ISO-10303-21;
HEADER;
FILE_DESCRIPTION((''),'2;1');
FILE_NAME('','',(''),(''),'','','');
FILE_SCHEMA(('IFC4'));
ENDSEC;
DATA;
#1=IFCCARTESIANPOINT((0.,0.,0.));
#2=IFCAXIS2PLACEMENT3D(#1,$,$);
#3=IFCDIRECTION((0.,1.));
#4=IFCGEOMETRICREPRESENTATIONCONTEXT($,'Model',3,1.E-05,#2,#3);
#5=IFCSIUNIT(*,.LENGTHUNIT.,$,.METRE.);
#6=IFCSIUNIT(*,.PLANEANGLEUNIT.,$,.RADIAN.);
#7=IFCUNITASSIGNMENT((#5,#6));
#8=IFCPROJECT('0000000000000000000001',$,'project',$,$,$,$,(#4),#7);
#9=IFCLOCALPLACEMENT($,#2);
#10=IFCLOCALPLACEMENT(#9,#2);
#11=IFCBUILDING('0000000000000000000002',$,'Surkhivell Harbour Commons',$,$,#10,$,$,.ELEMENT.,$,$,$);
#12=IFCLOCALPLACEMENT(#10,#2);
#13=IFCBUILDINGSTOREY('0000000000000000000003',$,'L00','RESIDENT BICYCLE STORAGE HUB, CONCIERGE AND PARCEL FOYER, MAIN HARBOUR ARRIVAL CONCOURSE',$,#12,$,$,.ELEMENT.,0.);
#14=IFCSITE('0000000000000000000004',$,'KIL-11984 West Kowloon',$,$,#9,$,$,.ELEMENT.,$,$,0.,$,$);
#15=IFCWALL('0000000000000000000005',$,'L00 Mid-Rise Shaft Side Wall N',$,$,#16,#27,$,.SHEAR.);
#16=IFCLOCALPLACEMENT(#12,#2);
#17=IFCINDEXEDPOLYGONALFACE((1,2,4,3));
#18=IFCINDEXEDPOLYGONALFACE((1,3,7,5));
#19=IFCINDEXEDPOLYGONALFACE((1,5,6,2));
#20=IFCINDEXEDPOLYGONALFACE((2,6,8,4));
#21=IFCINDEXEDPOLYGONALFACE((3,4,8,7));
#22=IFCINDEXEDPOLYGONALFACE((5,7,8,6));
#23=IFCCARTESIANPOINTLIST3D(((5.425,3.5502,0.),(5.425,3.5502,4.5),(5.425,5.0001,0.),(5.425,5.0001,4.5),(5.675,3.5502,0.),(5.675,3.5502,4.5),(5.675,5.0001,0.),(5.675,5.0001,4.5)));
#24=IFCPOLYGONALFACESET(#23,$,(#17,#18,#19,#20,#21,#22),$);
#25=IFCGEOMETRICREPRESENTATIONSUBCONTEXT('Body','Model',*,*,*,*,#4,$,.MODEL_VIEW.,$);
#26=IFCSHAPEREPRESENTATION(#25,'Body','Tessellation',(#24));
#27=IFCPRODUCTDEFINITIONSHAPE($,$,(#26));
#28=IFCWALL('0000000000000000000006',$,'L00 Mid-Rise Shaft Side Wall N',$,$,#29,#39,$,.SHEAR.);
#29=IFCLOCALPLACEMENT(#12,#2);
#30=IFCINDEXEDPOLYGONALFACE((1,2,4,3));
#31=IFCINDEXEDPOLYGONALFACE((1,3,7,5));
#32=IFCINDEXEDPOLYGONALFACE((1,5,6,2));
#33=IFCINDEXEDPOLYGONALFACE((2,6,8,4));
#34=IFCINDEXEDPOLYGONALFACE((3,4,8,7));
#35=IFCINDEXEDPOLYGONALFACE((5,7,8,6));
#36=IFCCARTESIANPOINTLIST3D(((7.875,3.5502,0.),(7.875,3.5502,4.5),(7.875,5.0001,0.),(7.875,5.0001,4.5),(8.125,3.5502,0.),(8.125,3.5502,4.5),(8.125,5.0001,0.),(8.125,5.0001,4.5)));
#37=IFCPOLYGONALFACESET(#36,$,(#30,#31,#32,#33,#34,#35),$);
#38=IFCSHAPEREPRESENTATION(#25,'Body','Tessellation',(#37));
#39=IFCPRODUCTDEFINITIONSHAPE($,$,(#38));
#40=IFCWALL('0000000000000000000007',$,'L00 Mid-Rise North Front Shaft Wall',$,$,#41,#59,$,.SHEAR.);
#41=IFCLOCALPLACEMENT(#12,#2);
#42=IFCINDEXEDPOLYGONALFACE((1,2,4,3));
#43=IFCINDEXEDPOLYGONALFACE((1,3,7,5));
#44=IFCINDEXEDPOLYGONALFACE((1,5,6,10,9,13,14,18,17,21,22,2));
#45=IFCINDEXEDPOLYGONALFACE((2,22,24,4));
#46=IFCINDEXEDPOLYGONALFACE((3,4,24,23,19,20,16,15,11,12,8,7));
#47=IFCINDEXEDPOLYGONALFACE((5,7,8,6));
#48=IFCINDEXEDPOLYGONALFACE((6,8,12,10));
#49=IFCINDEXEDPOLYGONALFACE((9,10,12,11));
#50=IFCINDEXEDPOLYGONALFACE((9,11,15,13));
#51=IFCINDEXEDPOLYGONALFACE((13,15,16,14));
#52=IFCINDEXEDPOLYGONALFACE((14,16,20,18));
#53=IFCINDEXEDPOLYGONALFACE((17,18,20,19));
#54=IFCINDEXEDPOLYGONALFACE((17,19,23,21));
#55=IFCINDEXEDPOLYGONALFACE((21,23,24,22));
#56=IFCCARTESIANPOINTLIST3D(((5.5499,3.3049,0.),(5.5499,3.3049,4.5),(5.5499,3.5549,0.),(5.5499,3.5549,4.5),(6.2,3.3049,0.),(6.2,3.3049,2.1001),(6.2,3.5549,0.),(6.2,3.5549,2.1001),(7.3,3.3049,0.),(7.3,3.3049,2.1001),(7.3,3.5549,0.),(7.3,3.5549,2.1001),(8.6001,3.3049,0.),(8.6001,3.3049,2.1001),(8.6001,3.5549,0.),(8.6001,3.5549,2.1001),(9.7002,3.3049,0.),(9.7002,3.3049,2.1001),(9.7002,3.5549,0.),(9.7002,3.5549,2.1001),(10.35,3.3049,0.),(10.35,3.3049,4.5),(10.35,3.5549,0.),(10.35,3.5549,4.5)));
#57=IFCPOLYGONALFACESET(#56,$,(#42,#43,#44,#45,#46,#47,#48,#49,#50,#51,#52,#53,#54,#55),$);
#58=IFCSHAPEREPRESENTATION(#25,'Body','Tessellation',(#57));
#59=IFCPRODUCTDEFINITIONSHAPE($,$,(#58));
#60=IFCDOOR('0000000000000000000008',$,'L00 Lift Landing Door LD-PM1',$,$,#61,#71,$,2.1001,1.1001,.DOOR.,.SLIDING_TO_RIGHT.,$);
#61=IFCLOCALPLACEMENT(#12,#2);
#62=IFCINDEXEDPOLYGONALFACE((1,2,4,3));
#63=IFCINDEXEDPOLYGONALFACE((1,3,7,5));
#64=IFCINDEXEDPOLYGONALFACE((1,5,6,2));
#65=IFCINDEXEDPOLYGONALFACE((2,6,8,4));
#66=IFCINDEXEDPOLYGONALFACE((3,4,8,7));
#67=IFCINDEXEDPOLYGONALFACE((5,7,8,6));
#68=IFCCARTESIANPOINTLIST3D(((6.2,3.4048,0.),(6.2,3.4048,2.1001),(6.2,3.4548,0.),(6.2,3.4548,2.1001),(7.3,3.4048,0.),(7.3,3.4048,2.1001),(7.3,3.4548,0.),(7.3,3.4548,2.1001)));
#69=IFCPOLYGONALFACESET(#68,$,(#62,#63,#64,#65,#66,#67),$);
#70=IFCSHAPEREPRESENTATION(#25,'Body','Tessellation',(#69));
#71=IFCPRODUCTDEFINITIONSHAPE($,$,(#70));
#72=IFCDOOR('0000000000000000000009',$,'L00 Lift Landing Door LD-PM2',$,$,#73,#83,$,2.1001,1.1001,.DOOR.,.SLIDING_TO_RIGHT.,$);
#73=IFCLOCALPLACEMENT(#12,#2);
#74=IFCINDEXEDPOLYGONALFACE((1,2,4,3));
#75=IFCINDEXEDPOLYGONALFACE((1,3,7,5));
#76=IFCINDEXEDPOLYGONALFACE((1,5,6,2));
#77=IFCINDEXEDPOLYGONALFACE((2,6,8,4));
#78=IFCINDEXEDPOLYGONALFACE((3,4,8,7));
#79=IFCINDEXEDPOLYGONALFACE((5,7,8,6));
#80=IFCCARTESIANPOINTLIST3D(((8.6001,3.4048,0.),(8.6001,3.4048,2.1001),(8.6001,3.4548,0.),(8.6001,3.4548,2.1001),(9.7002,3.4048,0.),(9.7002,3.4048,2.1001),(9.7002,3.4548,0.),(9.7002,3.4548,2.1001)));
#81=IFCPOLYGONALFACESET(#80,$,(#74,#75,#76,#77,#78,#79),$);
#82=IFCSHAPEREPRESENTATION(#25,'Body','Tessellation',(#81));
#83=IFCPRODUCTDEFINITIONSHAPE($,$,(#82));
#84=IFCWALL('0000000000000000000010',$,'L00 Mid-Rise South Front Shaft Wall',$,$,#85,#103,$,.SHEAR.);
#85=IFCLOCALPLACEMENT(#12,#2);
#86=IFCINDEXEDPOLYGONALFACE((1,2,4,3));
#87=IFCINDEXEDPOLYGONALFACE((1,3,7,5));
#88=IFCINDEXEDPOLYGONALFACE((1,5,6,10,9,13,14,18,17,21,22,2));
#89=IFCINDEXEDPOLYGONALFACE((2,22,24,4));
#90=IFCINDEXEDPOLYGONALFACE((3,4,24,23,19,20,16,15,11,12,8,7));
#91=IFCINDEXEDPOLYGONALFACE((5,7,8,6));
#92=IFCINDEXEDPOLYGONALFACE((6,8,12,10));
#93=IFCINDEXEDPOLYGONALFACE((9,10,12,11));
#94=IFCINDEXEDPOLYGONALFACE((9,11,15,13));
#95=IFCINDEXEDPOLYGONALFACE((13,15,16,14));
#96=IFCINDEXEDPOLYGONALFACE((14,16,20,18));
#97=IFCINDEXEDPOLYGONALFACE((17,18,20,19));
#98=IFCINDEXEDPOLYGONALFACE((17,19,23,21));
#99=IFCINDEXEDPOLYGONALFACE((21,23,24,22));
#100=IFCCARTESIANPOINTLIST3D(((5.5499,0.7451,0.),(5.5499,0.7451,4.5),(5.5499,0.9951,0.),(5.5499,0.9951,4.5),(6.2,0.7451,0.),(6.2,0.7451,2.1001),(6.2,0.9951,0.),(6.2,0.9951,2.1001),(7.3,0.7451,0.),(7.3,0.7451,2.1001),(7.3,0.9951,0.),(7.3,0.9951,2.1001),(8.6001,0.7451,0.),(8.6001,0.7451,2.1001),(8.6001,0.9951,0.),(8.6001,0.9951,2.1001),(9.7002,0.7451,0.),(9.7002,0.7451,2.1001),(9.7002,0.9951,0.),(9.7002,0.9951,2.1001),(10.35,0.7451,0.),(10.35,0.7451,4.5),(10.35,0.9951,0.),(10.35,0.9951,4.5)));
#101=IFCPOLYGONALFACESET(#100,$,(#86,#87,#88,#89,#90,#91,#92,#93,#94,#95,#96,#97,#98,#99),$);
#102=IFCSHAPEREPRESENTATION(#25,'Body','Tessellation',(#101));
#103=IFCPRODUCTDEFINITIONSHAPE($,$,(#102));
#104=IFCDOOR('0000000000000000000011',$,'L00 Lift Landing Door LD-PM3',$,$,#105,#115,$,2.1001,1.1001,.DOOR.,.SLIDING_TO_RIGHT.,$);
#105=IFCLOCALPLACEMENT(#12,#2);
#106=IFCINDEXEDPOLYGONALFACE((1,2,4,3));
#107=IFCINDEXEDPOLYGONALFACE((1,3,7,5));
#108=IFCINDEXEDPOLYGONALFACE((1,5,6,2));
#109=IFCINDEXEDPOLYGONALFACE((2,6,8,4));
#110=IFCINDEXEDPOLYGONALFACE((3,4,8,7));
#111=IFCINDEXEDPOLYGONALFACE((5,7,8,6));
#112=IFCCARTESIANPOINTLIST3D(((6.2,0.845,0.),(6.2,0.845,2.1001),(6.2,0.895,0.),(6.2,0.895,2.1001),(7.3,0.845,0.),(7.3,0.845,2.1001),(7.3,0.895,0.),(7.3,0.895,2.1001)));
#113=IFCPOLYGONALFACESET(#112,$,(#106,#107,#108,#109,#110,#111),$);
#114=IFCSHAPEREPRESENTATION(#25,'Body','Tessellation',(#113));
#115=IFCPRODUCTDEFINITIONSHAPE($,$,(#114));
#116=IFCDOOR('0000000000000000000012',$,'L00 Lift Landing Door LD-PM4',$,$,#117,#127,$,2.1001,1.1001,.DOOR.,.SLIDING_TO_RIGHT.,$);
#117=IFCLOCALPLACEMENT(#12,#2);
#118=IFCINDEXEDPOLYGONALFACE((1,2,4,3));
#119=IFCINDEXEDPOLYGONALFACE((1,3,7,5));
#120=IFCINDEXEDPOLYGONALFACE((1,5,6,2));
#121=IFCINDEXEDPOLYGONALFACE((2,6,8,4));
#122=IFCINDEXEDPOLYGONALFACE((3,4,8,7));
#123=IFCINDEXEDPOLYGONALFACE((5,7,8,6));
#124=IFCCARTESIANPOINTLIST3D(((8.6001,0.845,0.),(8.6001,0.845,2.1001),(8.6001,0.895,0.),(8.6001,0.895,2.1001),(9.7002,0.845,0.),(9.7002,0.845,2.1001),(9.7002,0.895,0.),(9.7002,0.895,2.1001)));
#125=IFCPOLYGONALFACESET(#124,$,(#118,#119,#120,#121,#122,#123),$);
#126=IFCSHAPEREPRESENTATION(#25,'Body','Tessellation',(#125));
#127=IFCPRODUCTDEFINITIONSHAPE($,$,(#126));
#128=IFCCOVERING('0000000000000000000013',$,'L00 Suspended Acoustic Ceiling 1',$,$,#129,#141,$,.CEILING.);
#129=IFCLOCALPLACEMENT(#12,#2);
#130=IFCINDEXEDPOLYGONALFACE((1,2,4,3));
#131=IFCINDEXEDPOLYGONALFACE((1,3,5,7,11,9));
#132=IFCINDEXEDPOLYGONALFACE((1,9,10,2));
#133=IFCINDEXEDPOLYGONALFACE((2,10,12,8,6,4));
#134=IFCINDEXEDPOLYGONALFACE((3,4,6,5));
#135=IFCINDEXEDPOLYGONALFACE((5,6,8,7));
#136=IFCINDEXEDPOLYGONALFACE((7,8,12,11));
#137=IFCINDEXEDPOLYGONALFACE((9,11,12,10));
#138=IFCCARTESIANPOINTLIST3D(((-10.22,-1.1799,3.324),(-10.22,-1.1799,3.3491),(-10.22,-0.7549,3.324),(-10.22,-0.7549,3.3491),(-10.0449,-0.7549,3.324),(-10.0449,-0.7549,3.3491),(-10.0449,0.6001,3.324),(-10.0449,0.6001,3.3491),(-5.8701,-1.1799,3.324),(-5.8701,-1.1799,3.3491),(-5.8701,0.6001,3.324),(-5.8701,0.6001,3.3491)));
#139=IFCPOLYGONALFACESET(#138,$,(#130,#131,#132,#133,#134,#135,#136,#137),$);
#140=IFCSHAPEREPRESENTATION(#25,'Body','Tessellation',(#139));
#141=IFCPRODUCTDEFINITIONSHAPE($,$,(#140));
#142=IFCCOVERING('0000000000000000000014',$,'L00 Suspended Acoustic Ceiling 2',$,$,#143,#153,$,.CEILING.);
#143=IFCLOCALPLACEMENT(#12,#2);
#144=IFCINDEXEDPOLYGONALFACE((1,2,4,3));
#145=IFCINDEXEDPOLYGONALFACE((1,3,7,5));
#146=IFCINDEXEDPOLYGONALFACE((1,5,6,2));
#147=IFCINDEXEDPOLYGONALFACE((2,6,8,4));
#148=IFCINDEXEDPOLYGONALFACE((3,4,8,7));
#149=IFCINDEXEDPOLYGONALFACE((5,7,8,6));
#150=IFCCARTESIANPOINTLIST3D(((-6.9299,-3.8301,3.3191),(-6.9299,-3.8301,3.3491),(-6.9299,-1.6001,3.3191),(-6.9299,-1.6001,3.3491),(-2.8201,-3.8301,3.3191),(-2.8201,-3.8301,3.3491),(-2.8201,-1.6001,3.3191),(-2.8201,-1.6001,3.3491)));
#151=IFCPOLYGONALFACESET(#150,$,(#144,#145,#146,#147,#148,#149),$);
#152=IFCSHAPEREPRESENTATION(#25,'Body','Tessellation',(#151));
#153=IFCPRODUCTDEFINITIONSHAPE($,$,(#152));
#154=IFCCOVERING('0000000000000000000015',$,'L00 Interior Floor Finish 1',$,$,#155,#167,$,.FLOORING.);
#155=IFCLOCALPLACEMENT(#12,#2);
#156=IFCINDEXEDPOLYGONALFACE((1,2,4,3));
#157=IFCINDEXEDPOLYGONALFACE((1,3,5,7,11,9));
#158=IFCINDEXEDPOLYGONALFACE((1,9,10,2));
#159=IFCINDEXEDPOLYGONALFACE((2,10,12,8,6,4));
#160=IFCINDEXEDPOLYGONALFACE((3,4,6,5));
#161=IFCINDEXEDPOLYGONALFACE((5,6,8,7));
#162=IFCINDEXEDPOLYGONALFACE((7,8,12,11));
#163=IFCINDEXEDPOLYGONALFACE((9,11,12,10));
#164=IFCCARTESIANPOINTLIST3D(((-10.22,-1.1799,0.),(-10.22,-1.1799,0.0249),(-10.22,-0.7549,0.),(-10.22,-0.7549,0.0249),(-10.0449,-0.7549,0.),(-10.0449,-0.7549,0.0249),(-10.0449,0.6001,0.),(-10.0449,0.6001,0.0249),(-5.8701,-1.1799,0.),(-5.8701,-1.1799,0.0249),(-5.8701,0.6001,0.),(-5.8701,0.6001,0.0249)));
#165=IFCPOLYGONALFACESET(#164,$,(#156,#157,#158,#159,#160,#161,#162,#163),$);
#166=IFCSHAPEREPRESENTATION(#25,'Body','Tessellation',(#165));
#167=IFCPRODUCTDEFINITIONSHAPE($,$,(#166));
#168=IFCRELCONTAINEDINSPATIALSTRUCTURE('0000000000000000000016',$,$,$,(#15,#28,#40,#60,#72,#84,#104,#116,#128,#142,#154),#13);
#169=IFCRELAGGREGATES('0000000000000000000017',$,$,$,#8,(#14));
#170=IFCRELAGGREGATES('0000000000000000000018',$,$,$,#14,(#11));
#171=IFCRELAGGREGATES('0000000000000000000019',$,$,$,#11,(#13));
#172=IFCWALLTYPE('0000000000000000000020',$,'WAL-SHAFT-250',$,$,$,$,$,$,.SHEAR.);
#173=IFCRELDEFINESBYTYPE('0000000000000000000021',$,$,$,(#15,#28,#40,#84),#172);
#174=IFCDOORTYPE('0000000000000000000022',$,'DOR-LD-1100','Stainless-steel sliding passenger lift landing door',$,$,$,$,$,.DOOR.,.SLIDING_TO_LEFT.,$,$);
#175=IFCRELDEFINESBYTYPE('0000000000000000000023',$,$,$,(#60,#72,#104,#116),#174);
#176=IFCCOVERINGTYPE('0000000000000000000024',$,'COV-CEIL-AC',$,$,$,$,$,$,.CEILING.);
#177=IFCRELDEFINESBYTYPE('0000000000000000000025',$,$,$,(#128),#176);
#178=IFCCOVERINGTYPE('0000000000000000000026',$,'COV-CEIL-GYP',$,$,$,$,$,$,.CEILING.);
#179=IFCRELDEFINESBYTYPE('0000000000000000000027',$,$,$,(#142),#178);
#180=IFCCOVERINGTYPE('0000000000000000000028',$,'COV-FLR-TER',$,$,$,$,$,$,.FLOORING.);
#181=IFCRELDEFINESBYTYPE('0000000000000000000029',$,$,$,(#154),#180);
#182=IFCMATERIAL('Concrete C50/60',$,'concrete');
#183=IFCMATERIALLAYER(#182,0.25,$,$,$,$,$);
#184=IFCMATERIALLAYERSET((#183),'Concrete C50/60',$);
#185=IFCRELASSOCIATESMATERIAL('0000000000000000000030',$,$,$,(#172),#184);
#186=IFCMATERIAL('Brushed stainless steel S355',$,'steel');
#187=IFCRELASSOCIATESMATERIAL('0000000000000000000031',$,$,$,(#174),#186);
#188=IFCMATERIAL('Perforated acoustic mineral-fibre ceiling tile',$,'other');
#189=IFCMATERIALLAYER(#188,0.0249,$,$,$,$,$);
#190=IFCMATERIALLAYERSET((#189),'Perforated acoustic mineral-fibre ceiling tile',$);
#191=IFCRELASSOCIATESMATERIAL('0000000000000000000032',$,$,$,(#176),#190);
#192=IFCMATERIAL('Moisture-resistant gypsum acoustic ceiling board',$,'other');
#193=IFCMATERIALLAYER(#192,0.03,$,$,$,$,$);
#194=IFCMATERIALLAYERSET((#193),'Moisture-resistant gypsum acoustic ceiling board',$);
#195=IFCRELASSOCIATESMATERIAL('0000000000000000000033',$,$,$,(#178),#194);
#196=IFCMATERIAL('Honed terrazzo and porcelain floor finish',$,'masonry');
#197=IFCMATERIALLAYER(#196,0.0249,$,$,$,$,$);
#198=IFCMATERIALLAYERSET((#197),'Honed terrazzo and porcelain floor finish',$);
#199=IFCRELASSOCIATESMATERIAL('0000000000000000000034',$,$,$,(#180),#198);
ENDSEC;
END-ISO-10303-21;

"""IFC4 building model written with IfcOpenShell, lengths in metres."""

from ifc_helpers import new_model, si_unit, direction, frame, frame_2d, origin, place, context, subcontext, project, spatial, polyline, rectangle, outline, extrude, material, layer, layer_set, type_object, element, fill, save


model = new_model("IFC4")

# Units and contexts
model_context = context("Model", 3, precision=1e-05, world=origin(), true_north=direction((0.0, 1.0)))
body_context = subcontext(model_context, "Body", "Model", "MODEL_VIEW")
ifc_project = project(units=[si_unit("LENGTHUNIT", "METRE"), si_unit("PLANEANGLEUNIT", "RADIAN")], contexts=[model_context])

# Site, building, storey
site_placement = place(None, origin())
site = spatial("IfcSite", under=ifc_project, at=site_placement, Name="KIL-11984 West Kowloon", CompositionType="ELEMENT", RefElevation=0.0)
building_placement = place(site_placement, origin())
building = spatial("IfcBuilding", under=site, at=building_placement, Name="Surkhivell Harbour Commons", CompositionType="ELEMENT")
storey_placement = place(building_placement, origin())
storey = spatial("IfcBuildingStorey", under=building, at=storey_placement, Name="L00", Description="RESIDENT BICYCLE STORAGE HUB, CONCIERGE AND PARCEL FOYER, MAIN HARBOUR ARRIVAL CONCOURSE", CompositionType="ELEMENT", Elevation=0.0)

# Walls
ifc_material_1 = material(Name="Concrete C50/60", Category="concrete")
ifc_layer_1 = layer(ifc_material_1, 0.25)
ifc_layer_set_1 = layer_set([ifc_layer_1], Name="Concrete C50/60")
wall_type_1 = type_object("IfcWallType", Name="WAL-SHAFT-250", PredefinedType="SHEAR", material=ifc_layer_set_1)
for number, where, z_axis, x_axis, name in (
    (1, (5.55, 3.55, 0.0), (0.0, 0.0, 1.0), (0.0, 1.0, 0.0), "L00 Mid-Rise Shaft Side Wall N"),
    (2, (8.0, 3.55, 0.0), (0.0, 0.0, 1.0), (0.0, 1.0, 0.0), "L00 Mid-Rise Shaft Side Wall N"),
):
    element("IfcWall", number, at=place(storey_placement, frame(where, z_axis=z_axis, x_axis=x_axis)), inside=storey, type_object=wall_type_1, Name=name, PredefinedType="SHEAR", context=body_context, shape_type="SweptSolid", body=[
        extrude(rectangle(XDim=1.45, YDim=0.25, at=frame_2d((0.7251, 0.0))), origin(), (0.0, 0.0, 1.0), 4.5),
    ])

# Walls, openings, doors
wall_1_placement = place(storey_placement, frame((5.55, 3.4299, 0.0), z_axis=(0.0, 0.0, 1.0), x_axis=(1.0, 0.0, 0.0)))
wall_1 = element("IfcWall", 3, at=wall_1_placement, inside=storey, type_object=wall_type_1, Name="L00 Mid-Rise North Front Shaft Wall", PredefinedType="SHEAR", context=body_context, shape_type="SweptSolid", body=[
    extrude(rectangle(XDim=4.8, YDim=0.25, at=frame_2d((2.3999, 0.0))), origin(), (0.0, 0.0, 1.0), 4.5),
])
opening_1_placement = place(wall_1_placement, frame((0.6499, 0.0, 0.0)))
opening_1 = element("IfcOpeningElement", 4, at=opening_1_placement, cuts=wall_1, PredefinedType="OPENING", context=body_context, shape_type="SweptSolid", body=[
    extrude(rectangle(XDim=1.1001, YDim=2.1001, at=frame_2d((0.55, 1.05))), frame((0.0, 0.135, 0.0), z_axis=(0.0, -1.0, 0.0), x_axis=(1.0, 0.0, 0.0)), (0.0, 0.0, 1.0), 0.27),
])
opening_2_placement = place(wall_1_placement, frame((3.05, 0.0, 0.0)))
opening_2 = element("IfcOpeningElement", 5, at=opening_2_placement, cuts=wall_1, PredefinedType="OPENING", context=body_context, shape_type="SweptSolid", body=[
    extrude(rectangle(XDim=1.1001, YDim=2.1001, at=frame_2d((0.55, 1.05))), frame((0.0, 0.135, 0.0), z_axis=(0.0, -1.0, 0.0), x_axis=(1.0, 0.0, 0.0)), (0.0, 0.0, 1.0), 0.27),
])
ifc_material_2 = material(Name="Brushed stainless steel S355", Category="steel")
door_type_1 = type_object("IfcDoorType", Name="DOR-LD-1100", Description="Stainless-steel sliding passenger lift landing door", OperationType="SLIDING_TO_LEFT", PredefinedType="DOOR", material=ifc_material_2)
door_1_placement = place(opening_1_placement, origin())
door_1 = element("IfcDoor", 6, at=door_1_placement, inside=storey, type_object=door_type_1, Name="L00 Lift Landing Door LD-PM1", OperationType="SLIDING_TO_RIGHT", OverallHeight=2.1001, OverallWidth=1.1001, PredefinedType="DOOR", context=body_context, shape_type="SweptSolid", body=[
    extrude(rectangle(XDim=1.1001, YDim=2.1001, at=frame_2d((0.55, 1.05))), frame((0.0, 0.0249, 0.0), z_axis=(0.0, -1.0, 0.0), x_axis=(1.0, 0.0, 0.0)), (0.0, 0.0, 1.0), 0.05),
])
fill(opening_1, door_1)
door_2_placement = place(opening_2_placement, origin())
door_2 = element("IfcDoor", 7, at=door_2_placement, inside=storey, type_object=door_type_1, Name="L00 Lift Landing Door LD-PM2", OperationType="SLIDING_TO_RIGHT", OverallHeight=2.1001, OverallWidth=1.1001, PredefinedType="DOOR", context=body_context, shape_type="SweptSolid", body=[
    extrude(rectangle(XDim=1.1001, YDim=2.1001, at=frame_2d((0.55, 1.05))), frame((0.0, 0.0249, 0.0), z_axis=(0.0, -1.0, 0.0), x_axis=(1.0, 0.0, 0.0)), (0.0, 0.0, 1.0), 0.05),
])
fill(opening_2, door_2)
wall_2_placement = place(storey_placement, frame((5.55, 0.8701, 0.0), z_axis=(0.0, 0.0, 1.0), x_axis=(1.0, 0.0, 0.0)))
wall_2 = element("IfcWall", 8, at=wall_2_placement, inside=storey, type_object=wall_type_1, Name="L00 Mid-Rise South Front Shaft Wall", PredefinedType="SHEAR", context=body_context, shape_type="SweptSolid", body=[
    extrude(rectangle(XDim=4.8, YDim=0.25, at=frame_2d((2.3999, 0.0))), origin(), (0.0, 0.0, 1.0), 4.5),
])
opening_3_placement = place(wall_2_placement, frame((0.6499, 0.0, 0.0)))
opening_3 = element("IfcOpeningElement", 9, at=opening_3_placement, cuts=wall_2, PredefinedType="OPENING", context=body_context, shape_type="SweptSolid", body=[
    extrude(rectangle(XDim=1.1001, YDim=2.1001, at=frame_2d((0.55, 1.05))), frame((0.0, 0.135, 0.0), z_axis=(0.0, -1.0, 0.0), x_axis=(1.0, 0.0, 0.0)), (0.0, 0.0, 1.0), 0.27),
])
opening_4_placement = place(wall_2_placement, frame((3.05, 0.0, 0.0)))
opening_4 = element("IfcOpeningElement", 10, at=opening_4_placement, cuts=wall_2, PredefinedType="OPENING", context=body_context, shape_type="SweptSolid", body=[
    extrude(rectangle(XDim=1.1001, YDim=2.1001, at=frame_2d((0.55, 1.05))), frame((0.0, 0.135, 0.0), z_axis=(0.0, -1.0, 0.0), x_axis=(1.0, 0.0, 0.0)), (0.0, 0.0, 1.0), 0.27),
])
door_3_placement = place(opening_3_placement, origin())
door_3 = element("IfcDoor", 11, at=door_3_placement, inside=storey, type_object=door_type_1, Name="L00 Lift Landing Door LD-PM3", OperationType="SLIDING_TO_RIGHT", OverallHeight=2.1001, OverallWidth=1.1001, PredefinedType="DOOR", context=body_context, shape_type="SweptSolid", body=[
    extrude(rectangle(XDim=1.1001, YDim=2.1001, at=frame_2d((0.55, 1.05))), frame((0.0, 0.0249, 0.0), z_axis=(0.0, -1.0, 0.0), x_axis=(1.0, 0.0, 0.0)), (0.0, 0.0, 1.0), 0.05),
])
fill(opening_3, door_3)
door_4_placement = place(opening_4_placement, origin())
door_4 = element("IfcDoor", 12, at=door_4_placement, inside=storey, type_object=door_type_1, Name="L00 Lift Landing Door LD-PM4", OperationType="SLIDING_TO_RIGHT", OverallHeight=2.1001, OverallWidth=1.1001, PredefinedType="DOOR", context=body_context, shape_type="SweptSolid", body=[
    extrude(rectangle(XDim=1.1001, YDim=2.1001, at=frame_2d((0.55, 1.05))), frame((0.0, 0.0249, 0.0), z_axis=(0.0, -1.0, 0.0), x_axis=(1.0, 0.0, 0.0)), (0.0, 0.0, 1.0), 0.05),
])
fill(opening_4, door_4)

# Coverings
ifc_material_3 = material(Name="Perforated acoustic mineral-fibre ceiling tile", Category="other")
ifc_layer_2 = layer(ifc_material_3, 0.0249)
ifc_layer_set_2 = layer_set([ifc_layer_2], Name="Perforated acoustic mineral-fibre ceiling tile")
covering_type_1 = type_object("IfcCoveringType", Name="COV-CEIL-AC", PredefinedType="CEILING", material=ifc_layer_set_2)
covering_1_placement = place(storey_placement, frame((0.0, 0.0, 3.324)))
element("IfcCovering", 13, at=covering_1_placement, inside=storey, type_object=covering_type_1, Name="L00 Suspended Acoustic Ceiling 1", PredefinedType="CEILING", context=body_context, shape_type="SweptSolid", body=[
    extrude(outline(polyline([(-10.22, -1.1799), (-5.8701, -1.1799), (-5.8701, 0.6001), (-10.0449, 0.6001), (-10.0449, -0.7549), (-10.22, -0.7549), (-10.22, -1.1799)])), origin(), (0.0, 0.0, 1.0), 0.0251),
])
ifc_material_4 = material(Name="Moisture-resistant gypsum acoustic ceiling board", Category="other")
ifc_layer_3 = layer(ifc_material_4, 0.03)
ifc_layer_set_3 = layer_set([ifc_layer_3], Name="Moisture-resistant gypsum acoustic ceiling board")
covering_type_2 = type_object("IfcCoveringType", Name="COV-CEIL-GYP", PredefinedType="CEILING", material=ifc_layer_set_3)
covering_2_placement = place(storey_placement, frame((0.0, 0.0, 3.3191)))
element("IfcCovering", 14, at=covering_2_placement, inside=storey, type_object=covering_type_2, Name="L00 Suspended Acoustic Ceiling 2", PredefinedType="CEILING", context=body_context, shape_type="SweptSolid", body=[
    extrude(outline(polyline([(-6.9299, -3.8301), (-2.8201, -3.8301), (-2.8201, -1.6001), (-6.9299, -1.6001), (-6.9299, -3.8301)])), origin(), (0.0, 0.0, 1.0), 0.03),
])
ifc_material_5 = material(Name="Honed terrazzo and porcelain floor finish", Category="masonry")
ifc_layer_4 = layer(ifc_material_5, 0.0249)
ifc_layer_set_4 = layer_set([ifc_layer_4], Name="Honed terrazzo and porcelain floor finish")
covering_type_3 = type_object("IfcCoveringType", Name="COV-FLR-TER", PredefinedType="FLOORING", material=ifc_layer_set_4)
covering_3_placement = place(storey_placement, origin())
element("IfcCovering", 15, at=covering_3_placement, inside=storey, type_object=covering_type_3, Name="L00 Interior Floor Finish 1", PredefinedType="FLOORING", context=body_context, shape_type="SweptSolid", body=[
    extrude(outline(polyline([(-10.22, -1.1799), (-5.8701, -1.1799), (-5.8701, 0.6001), (-10.0449, 0.6001), (-10.0449, -0.7549), (-10.22, -0.7549), (-10.22, -1.1799)])), origin(), (0.0, 0.0, 1.0), 0.0249),
])

save(model, "model.ifc")
